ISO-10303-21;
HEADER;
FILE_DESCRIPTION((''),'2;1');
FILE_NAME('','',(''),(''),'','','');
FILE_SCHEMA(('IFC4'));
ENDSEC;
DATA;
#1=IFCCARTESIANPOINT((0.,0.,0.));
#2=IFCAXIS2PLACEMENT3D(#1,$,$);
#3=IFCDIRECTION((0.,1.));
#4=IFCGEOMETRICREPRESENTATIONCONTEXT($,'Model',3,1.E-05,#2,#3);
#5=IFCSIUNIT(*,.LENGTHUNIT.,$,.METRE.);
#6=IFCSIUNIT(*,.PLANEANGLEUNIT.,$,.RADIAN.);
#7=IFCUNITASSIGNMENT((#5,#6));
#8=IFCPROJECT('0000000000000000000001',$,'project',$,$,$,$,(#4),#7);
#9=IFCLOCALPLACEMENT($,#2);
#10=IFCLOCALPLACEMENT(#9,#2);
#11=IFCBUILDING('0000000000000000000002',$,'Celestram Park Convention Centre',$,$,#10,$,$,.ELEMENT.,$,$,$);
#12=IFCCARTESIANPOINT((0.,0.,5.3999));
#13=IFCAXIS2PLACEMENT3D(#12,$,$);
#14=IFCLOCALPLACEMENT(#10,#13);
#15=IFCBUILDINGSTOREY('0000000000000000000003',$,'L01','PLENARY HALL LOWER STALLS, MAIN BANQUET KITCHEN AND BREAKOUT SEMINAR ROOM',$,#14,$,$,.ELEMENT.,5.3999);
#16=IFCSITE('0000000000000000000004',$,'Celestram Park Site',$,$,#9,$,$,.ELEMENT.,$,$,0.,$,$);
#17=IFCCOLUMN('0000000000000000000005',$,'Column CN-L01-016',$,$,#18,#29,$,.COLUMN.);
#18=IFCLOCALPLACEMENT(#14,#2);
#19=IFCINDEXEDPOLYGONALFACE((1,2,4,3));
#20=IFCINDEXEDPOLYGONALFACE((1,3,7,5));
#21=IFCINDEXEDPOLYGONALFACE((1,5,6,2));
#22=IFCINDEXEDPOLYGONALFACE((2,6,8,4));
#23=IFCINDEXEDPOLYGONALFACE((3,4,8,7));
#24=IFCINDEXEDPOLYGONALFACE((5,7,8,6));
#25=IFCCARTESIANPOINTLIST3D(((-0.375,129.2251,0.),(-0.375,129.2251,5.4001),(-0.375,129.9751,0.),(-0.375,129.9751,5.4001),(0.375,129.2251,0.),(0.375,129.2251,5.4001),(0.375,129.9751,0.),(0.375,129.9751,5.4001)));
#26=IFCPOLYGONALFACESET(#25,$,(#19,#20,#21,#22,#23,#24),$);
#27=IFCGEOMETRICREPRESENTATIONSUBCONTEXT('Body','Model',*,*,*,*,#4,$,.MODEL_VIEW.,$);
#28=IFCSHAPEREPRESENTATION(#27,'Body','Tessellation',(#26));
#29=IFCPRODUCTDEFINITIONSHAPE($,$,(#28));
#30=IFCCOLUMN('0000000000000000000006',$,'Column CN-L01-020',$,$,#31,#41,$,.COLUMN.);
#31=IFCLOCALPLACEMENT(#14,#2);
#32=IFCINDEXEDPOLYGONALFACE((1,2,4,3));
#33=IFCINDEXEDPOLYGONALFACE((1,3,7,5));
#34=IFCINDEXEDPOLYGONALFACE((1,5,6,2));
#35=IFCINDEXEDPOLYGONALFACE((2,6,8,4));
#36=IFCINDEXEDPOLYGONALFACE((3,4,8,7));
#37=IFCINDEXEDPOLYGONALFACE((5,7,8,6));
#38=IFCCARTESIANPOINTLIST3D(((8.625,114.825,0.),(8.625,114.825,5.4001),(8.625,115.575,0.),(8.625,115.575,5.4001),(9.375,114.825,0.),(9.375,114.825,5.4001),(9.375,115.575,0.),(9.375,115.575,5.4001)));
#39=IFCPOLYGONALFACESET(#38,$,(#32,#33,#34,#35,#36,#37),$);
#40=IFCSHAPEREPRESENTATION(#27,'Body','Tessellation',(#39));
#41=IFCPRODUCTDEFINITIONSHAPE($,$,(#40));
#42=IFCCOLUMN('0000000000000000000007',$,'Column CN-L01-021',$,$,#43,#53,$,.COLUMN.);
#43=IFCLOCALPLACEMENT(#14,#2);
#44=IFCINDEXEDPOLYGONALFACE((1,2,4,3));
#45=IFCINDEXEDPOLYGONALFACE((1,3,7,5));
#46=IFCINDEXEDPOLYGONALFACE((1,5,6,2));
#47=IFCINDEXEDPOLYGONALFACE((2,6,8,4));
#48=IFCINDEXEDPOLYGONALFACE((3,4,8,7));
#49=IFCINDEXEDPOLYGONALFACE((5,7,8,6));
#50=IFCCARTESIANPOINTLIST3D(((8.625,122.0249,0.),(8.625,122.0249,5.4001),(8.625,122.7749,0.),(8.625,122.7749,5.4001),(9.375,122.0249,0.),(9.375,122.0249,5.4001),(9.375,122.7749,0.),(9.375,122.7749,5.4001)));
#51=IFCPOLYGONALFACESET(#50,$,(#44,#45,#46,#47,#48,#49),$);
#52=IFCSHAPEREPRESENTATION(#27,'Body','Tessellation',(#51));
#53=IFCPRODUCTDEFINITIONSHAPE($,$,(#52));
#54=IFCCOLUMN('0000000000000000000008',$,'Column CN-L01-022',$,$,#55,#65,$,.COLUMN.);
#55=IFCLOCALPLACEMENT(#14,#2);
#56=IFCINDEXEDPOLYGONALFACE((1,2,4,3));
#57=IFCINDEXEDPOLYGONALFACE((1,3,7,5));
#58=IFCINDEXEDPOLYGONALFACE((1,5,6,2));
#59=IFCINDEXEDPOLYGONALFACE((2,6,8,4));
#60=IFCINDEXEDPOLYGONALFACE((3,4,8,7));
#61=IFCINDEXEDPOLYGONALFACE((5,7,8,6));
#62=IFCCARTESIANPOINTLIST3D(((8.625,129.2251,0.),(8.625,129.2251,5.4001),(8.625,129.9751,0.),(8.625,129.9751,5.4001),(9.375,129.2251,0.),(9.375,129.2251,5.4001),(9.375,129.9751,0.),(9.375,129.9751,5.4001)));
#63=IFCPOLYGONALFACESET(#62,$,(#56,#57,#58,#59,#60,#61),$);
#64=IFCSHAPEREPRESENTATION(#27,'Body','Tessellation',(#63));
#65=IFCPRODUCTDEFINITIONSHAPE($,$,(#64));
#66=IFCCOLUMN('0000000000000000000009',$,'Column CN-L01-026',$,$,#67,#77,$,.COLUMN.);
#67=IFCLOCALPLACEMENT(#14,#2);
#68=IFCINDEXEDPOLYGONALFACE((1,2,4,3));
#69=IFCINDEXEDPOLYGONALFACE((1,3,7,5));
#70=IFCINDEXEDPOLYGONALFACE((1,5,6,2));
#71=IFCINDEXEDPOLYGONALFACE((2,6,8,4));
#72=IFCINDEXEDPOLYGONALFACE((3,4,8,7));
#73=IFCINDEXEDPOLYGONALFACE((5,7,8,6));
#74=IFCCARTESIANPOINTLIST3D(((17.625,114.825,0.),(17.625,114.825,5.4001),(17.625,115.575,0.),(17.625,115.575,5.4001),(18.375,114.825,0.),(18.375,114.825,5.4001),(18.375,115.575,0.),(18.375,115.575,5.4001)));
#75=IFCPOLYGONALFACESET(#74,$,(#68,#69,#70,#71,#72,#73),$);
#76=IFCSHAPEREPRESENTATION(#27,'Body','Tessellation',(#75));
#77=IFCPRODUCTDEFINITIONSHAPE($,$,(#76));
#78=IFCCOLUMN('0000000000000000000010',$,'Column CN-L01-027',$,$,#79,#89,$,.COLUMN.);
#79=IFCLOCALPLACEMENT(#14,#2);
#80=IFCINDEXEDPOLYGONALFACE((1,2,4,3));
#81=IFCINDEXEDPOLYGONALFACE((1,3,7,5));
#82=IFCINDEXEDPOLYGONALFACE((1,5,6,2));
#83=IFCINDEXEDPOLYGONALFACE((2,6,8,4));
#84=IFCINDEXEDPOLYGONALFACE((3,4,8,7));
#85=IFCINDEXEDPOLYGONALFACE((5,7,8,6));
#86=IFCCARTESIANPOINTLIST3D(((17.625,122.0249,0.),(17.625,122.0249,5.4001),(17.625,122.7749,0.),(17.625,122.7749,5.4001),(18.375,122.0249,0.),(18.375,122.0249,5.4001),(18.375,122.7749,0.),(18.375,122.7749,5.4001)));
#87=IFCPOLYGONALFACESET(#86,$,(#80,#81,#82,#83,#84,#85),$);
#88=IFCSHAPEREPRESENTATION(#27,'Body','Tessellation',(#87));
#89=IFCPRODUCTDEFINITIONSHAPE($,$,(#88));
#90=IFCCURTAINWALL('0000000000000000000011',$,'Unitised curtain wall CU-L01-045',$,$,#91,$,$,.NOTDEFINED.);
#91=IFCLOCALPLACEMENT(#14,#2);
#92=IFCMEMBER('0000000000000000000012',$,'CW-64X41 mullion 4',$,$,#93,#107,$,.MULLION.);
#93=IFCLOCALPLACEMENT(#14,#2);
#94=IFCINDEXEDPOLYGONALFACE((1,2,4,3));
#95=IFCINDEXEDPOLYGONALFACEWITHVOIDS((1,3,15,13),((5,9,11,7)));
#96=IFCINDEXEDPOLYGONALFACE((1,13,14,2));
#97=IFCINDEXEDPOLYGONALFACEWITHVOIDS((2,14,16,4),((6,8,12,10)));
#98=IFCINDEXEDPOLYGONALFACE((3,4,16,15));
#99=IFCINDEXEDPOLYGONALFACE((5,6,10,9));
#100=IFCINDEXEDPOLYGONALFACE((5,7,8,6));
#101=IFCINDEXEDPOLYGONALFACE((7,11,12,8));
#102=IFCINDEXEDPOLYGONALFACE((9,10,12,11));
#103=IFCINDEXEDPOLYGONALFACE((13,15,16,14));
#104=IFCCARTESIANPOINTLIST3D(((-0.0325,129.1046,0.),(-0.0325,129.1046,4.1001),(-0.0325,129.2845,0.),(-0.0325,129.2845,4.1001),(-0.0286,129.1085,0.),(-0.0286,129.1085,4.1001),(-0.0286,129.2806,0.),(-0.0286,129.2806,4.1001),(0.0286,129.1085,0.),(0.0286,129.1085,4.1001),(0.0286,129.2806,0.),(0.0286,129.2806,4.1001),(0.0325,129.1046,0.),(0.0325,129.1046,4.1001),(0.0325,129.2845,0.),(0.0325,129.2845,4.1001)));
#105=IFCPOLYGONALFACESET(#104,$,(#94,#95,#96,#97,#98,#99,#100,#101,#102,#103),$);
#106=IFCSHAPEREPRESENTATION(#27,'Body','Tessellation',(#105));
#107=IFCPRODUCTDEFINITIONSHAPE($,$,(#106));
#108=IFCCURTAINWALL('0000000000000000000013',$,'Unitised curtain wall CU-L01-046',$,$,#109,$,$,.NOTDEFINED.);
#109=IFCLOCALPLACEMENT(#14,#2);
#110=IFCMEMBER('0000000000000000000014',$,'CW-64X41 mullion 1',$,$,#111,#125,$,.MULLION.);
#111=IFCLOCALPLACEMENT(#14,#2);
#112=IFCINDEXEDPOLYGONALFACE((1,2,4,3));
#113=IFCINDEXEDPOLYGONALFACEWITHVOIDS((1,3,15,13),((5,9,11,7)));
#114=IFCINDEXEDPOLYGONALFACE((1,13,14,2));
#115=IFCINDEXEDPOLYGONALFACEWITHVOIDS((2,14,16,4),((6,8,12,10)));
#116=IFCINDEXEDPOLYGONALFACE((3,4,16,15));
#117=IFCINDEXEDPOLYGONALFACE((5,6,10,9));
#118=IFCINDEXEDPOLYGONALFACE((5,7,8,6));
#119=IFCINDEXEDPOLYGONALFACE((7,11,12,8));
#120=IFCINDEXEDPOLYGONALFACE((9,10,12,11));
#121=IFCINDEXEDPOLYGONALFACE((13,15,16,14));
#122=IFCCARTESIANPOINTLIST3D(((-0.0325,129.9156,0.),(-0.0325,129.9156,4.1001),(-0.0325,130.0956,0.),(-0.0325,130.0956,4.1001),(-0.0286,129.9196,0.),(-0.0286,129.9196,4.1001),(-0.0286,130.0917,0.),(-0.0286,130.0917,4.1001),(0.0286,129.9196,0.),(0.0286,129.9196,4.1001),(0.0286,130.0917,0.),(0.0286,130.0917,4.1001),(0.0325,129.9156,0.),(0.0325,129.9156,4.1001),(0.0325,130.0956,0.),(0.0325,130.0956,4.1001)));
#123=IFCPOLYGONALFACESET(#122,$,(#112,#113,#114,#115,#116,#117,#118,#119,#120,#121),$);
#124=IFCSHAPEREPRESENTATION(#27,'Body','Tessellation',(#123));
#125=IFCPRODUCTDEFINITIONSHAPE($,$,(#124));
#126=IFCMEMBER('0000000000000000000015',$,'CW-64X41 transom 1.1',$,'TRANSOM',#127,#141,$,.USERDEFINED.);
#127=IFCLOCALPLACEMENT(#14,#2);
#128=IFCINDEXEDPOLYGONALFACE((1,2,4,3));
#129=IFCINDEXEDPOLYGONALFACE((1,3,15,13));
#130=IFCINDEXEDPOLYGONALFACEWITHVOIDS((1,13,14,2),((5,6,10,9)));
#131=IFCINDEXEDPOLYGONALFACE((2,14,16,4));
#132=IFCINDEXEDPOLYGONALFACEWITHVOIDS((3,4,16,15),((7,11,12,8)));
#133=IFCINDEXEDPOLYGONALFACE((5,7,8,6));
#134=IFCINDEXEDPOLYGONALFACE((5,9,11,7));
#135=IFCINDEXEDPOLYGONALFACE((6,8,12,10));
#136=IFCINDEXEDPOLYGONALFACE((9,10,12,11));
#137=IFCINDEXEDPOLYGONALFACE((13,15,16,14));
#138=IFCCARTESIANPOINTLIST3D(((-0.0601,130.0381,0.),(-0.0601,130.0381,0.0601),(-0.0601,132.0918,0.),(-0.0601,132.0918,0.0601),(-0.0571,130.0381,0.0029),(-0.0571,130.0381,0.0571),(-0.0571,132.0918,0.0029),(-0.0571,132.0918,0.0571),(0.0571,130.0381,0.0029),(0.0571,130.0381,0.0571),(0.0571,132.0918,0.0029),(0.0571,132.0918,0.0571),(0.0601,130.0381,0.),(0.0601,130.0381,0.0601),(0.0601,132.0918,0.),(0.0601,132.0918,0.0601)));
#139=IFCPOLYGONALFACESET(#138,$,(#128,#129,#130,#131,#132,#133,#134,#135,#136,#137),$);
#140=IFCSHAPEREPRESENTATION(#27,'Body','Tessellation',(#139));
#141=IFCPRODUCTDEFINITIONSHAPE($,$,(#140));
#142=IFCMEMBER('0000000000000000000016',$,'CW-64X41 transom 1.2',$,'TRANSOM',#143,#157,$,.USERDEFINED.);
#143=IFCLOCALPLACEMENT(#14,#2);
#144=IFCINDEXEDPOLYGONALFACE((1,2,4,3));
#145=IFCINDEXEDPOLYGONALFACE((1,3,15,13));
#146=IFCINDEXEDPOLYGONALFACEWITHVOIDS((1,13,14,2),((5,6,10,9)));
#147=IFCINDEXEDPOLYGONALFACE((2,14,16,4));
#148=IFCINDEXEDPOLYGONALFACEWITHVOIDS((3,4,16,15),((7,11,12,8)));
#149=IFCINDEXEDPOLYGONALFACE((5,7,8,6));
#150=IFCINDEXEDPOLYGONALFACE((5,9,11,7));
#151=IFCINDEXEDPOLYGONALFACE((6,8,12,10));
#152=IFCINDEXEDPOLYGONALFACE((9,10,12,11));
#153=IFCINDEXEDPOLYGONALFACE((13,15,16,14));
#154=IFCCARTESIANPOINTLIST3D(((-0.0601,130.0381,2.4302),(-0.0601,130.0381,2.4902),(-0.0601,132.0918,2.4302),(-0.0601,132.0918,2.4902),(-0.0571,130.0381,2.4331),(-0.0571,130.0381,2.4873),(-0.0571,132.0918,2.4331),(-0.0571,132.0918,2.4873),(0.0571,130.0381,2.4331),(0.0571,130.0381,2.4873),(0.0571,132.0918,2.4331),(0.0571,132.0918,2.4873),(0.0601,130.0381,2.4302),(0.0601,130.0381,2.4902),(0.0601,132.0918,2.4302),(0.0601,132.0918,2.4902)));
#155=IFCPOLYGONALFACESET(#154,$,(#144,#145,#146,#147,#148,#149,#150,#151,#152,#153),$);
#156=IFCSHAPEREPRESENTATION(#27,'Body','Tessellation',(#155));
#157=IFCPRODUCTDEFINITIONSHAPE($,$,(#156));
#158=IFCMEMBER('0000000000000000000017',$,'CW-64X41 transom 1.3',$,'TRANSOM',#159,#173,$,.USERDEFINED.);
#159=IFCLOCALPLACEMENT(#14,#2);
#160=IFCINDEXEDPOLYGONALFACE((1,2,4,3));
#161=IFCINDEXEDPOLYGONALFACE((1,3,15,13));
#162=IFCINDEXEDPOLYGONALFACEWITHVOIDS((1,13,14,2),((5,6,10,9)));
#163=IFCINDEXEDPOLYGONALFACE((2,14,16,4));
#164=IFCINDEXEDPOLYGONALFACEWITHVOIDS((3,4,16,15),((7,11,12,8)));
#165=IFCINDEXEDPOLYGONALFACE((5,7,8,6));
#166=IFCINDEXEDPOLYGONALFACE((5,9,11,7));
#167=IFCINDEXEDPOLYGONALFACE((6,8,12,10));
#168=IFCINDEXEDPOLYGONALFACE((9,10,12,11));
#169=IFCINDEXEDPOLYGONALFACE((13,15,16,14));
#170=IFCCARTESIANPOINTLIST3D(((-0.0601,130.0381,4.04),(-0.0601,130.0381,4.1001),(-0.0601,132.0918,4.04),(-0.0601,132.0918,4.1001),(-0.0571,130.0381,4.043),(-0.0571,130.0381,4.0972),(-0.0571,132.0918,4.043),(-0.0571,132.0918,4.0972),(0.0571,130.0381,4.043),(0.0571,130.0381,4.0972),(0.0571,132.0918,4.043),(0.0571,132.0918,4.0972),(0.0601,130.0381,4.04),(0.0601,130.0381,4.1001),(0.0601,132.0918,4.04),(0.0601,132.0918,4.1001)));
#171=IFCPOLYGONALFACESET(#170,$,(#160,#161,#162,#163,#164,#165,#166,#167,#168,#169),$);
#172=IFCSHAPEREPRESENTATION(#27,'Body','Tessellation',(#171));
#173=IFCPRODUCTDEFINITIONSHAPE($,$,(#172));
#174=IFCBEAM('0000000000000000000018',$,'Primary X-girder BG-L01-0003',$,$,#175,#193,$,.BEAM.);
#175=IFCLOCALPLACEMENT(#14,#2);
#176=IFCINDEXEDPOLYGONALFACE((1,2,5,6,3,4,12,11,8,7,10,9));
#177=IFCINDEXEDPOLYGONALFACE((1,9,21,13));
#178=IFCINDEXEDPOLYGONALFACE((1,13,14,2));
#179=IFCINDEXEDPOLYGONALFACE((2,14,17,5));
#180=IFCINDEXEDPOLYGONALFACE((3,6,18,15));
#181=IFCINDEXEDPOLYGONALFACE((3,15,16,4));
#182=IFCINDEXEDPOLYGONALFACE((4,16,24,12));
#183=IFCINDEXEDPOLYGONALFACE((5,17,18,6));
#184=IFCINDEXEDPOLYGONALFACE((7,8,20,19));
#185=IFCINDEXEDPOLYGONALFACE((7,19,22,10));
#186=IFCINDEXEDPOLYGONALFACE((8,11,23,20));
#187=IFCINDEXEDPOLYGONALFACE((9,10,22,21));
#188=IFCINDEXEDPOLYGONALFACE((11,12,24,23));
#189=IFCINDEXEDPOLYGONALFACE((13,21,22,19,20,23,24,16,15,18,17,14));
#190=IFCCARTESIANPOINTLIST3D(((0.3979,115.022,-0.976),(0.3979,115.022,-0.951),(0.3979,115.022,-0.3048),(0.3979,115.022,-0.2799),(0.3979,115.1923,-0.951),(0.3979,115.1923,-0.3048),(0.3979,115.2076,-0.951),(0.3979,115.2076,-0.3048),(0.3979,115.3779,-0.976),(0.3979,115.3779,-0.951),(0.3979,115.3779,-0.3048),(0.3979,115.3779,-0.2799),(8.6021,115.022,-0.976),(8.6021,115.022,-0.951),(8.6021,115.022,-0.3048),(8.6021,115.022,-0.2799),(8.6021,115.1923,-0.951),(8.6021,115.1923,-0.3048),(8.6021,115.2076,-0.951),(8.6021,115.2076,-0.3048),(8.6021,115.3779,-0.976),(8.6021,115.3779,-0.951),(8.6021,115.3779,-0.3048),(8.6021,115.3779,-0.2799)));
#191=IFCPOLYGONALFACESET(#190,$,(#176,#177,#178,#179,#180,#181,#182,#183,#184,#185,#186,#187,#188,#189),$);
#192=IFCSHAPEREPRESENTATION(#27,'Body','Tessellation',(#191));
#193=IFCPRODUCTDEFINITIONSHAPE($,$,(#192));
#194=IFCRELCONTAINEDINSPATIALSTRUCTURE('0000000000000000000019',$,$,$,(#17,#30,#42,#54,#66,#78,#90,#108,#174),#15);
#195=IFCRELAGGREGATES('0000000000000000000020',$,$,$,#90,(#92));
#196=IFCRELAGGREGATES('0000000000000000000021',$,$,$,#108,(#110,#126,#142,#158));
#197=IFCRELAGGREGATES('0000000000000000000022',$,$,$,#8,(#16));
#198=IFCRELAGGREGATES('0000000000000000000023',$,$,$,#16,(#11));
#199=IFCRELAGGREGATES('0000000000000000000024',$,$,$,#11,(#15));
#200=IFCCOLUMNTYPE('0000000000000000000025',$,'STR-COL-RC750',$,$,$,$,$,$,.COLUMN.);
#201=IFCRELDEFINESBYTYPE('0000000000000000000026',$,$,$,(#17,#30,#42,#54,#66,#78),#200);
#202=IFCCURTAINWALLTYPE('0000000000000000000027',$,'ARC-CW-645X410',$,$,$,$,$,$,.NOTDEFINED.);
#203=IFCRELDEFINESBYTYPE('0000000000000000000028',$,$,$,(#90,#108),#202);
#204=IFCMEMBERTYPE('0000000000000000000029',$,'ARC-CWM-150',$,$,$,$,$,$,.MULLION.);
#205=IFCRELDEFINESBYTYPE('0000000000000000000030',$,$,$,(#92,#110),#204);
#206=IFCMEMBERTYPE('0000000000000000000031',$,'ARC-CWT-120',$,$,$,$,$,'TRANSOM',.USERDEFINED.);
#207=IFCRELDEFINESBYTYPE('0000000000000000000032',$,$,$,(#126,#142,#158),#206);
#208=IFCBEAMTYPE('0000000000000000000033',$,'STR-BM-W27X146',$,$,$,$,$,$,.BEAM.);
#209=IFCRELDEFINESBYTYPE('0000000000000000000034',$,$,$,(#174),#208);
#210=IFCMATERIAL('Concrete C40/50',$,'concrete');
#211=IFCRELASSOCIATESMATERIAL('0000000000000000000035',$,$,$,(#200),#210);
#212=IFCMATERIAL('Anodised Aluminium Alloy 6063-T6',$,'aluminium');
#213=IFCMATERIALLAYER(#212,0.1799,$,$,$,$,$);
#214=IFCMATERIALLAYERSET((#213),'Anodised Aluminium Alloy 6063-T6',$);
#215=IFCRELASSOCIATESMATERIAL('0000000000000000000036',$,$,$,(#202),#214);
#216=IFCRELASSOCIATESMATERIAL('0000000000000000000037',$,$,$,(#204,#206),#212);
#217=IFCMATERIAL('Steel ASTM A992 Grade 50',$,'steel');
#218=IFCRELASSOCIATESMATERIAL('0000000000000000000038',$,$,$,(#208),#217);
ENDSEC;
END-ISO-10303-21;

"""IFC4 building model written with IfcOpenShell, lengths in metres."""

from ifc_helpers import new_model, si_unit, direction, frame, origin, origin_2d, place, context, subcontext, project, spatial, rectangle, hollow_rectangle, i_section, extrude, material, layer, layer_set, material_profile, profile_set, type_object, element, aggregate, save


model = new_model("IFC4")

# Units and contexts
model_context = context("Model", 3, precision=1e-05, world=origin(), true_north=direction((0.0, 1.0)))
body_context = subcontext(model_context, "Body", "Model", "MODEL_VIEW")
ifc_project = project(units=[si_unit("LENGTHUNIT", "METRE"), si_unit("PLANEANGLEUNIT", "RADIAN")], contexts=[model_context])

# Site, building, storey
site_placement = place(None, origin())
site = spatial("IfcSite", under=ifc_project, at=site_placement, Name="Celestram Park Site", CompositionType="ELEMENT", RefElevation=0.0)
building_placement = place(site_placement, origin())
building = spatial("IfcBuilding", under=site, at=building_placement, Name="Celestram Park Convention Centre", CompositionType="ELEMENT")
storey_placement = place(building_placement, frame((0.0, 0.0, 5.3999)))
storey = spatial("IfcBuildingStorey", under=building, at=storey_placement, Name="L01", Description="PLENARY HALL LOWER STALLS, MAIN BANQUET KITCHEN AND BREAKOUT SEMINAR ROOM", CompositionType="ELEMENT", Elevation=5.3999)

# Columns
ifc_material_1 = material(Name="Concrete C40/50", Category="concrete")
ifc_material_profile_1 = material_profile(ifc_material_1, rectangle(XDim=0.75, YDim=0.75, at=origin_2d()), Name="RC750X750")
ifc_profile_set_1 = profile_set([ifc_material_profile_1], Name="Concrete C40/50")
column_type = type_object("IfcColumnType", Name="STR-COL-RC750", PredefinedType="COLUMN", material=ifc_profile_set_1)
for number, where, z_axis, x_axis, name in (
    (1, (0.0, 129.6001, 0.0), (0.0, 0.0, 1.0), (1.0, 0.0, 0.0), "Column CN-L01-016"),
    (2, (9.0, 115.2, 0.0), (0.0, 0.0, 1.0), (1.0, 0.0, 0.0), "Column CN-L01-020"),
    (3, (9.0, 122.3999, 0.0), (0.0, 0.0, 1.0), (1.0, 0.0, 0.0), "Column CN-L01-021"),
    (4, (9.0, 129.6001, 0.0), (0.0, 0.0, 1.0), (1.0, 0.0, 0.0), "Column CN-L01-022"),
    (5, (18.0, 115.2, 0.0), (0.0, 0.0, 1.0), (1.0, 0.0, 0.0), "Column CN-L01-026"),
    (6, (18.0, 122.3999, 0.0), (0.0, 0.0, 1.0), (1.0, 0.0, 0.0), "Column CN-L01-027"),
):
    element("IfcColumn", number, at=place(storey_placement, frame(where, z_axis=z_axis, x_axis=x_axis)), inside=storey, type_object=column_type, Name=name, PredefinedType="COLUMN", context=body_context, shape_type="SweptSolid", body=[
        extrude(rectangle(XDim=0.75, YDim=0.75, at=origin_2d()), origin(), (0.0, 0.0, 1.0), 5.4001),
    ])

# Curtain wall, member
ifc_material_2 = material(Name="Anodised Aluminium Alloy 6063-T6", Category="aluminium")
ifc_layer_1 = layer(ifc_material_2, 0.1799)
ifc_layer_set_1 = layer_set([ifc_layer_1], Name="Anodised Aluminium Alloy 6063-T6")
curtain_wall_type = type_object("IfcCurtainWallType", Name="ARC-CW-645X410", PredefinedType="NOTDEFINED", material=ifc_layer_set_1)
curtain_wall_1_placement = place(storey_placement, origin())
curtain_wall_1 = element("IfcCurtainWall", 7, at=curtain_wall_1_placement, inside=storey, type_object=curtain_wall_type, Name="Unitised curtain wall CU-L01-045", PredefinedType="NOTDEFINED")
ifc_material_profile_2 = material_profile(ifc_material_2, hollow_rectangle(XDim=0.0649, YDim=0.1799, WallThickness=0.0039, at=origin_2d()), Name="ALU65X180X4")
ifc_profile_set_2 = profile_set([ifc_material_profile_2], Name="Anodised Aluminium Alloy 6063-T6")
member_type_1 = type_object("IfcMemberType", Name="ARC-CWM-150", PredefinedType="MULLION", material=ifc_profile_set_2)
member_1_placement = place(storey_placement, frame((0.0, 129.1946, 0.0), z_axis=(0.0, 0.0, 1.0), x_axis=(-1.0, 0.0, 0.0)))
member_1 = element("IfcMember", 8, at=member_1_placement, type_object=member_type_1, Name="CW-64X41 mullion 4", PredefinedType="MULLION", context=body_context, shape_type="SweptSolid", body=[
    extrude(hollow_rectangle(XDim=0.0649, YDim=0.1799, WallThickness=0.0039, at=origin_2d()), origin(), (0.0, 0.0, 1.0), 4.1001),
])
aggregate(curtain_wall_1, [member_1])

# Curtain wall, members
curtain_wall_2_placement = place(storey_placement, origin())
curtain_wall_2 = element("IfcCurtainWall", 9, at=curtain_wall_2_placement, inside=storey, type_object=curtain_wall_type, Name="Unitised curtain wall CU-L01-046", PredefinedType="NOTDEFINED")
member_2_placement = place(storey_placement, frame((0.0, 130.0056, 0.0), z_axis=(0.0, 0.0, 1.0), x_axis=(-1.0, 0.0, 0.0)))
member_2 = element("IfcMember", 10, at=member_2_placement, type_object=member_type_1, Name="CW-64X41 mullion 1", PredefinedType="MULLION", context=body_context, shape_type="SweptSolid", body=[
    extrude(hollow_rectangle(XDim=0.0649, YDim=0.1799, WallThickness=0.0039, at=origin_2d()), origin(), (0.0, 0.0, 1.0), 4.1001),
])
ifc_material_profile_3 = material_profile(ifc_material_2, hollow_rectangle(XDim=0.1201, YDim=0.0601, WallThickness=0.0029, at=origin_2d()), Name="ALU120X60X3")
ifc_profile_set_3 = profile_set([ifc_material_profile_3], Name="Anodised Aluminium Alloy 6063-T6")
member_type_2 = type_object("IfcMemberType", Name="ARC-CWT-120", ElementType="TRANSOM", PredefinedType="USERDEFINED", material=ifc_profile_set_3)
member_3_placement = place(storey_placement, frame((0.0, 130.0381, 0.03), z_axis=(0.0, 1.0, 0.0), x_axis=(-1.0, 0.0, 0.0)))
member_3 = element("IfcMember", 11, at=member_3_placement, type_object=member_type_2, Name="CW-64X41 transom 1.1", ObjectType="TRANSOM", PredefinedType="USERDEFINED", context=body_context, shape_type="SweptSolid", body=[
    extrude(hollow_rectangle(XDim=0.1201, YDim=0.0601, WallThickness=0.0029, at=origin_2d()), origin(), (0.0, 0.0, 1.0), 2.0537),
])
member_4_placement = place(storey_placement, frame((0.0, 130.0381, 2.4602), z_axis=(0.0, 1.0, 0.0), x_axis=(-1.0, 0.0, 0.0)))
member_4 = element("IfcMember", 12, at=member_4_placement, type_object=member_type_2, Name="CW-64X41 transom 1.2", ObjectType="TRANSOM", PredefinedType="USERDEFINED", context=body_context, shape_type="SweptSolid", body=[
    extrude(hollow_rectangle(XDim=0.1201, YDim=0.0601, WallThickness=0.0029, at=origin_2d()), origin(), (0.0, 0.0, 1.0), 2.0537),
])
member_5_placement = place(storey_placement, frame((0.0, 130.0381, 4.0701), z_axis=(0.0, 1.0, 0.0), x_axis=(-1.0, 0.0, 0.0)))
member_5 = element("IfcMember", 13, at=member_5_placement, type_object=member_type_2, Name="CW-64X41 transom 1.3", ObjectType="TRANSOM", PredefinedType="USERDEFINED", context=body_context, shape_type="SweptSolid", body=[
    extrude(hollow_rectangle(XDim=0.1201, YDim=0.0601, WallThickness=0.0029, at=origin_2d()), origin(), (0.0, 0.0, 1.0), 2.0537),
])
aggregate(curtain_wall_2, [member_2, member_3, member_4, member_5])

# Beam
ifc_material_3 = material(Name="Steel ASTM A992 Grade 50", Category="steel")
ifc_material_profile_4 = material_profile(ifc_material_3, i_section(OverallWidth=0.356, OverallDepth=0.696, WebThickness=0.0154, FlangeThickness=0.0249, at=origin_2d()), Name="W27X146")
ifc_profile_set_4 = profile_set([ifc_material_profile_4], Name="Steel ASTM A992 Grade 50")
beam_type_1 = type_object("IfcBeamType", Name="STR-BM-W27X146", PredefinedType="BEAM", material=ifc_profile_set_4)
for number, where, z_axis, x_axis, name in (
    (14, (0.3979, 115.2, -0.6279), (1.0, 0.0, 0.0), (0.0, 1.0, 0.0), "Primary X-girder BG-L01-0003"),
):
    element("IfcBeam", number, at=place(storey_placement, frame(where, z_axis=z_axis, x_axis=x_axis)), inside=storey, type_object=beam_type_1, Name=name, PredefinedType="BEAM", context=body_context, shape_type="SweptSolid", body=[
        extrude(i_section(OverallWidth=0.356, OverallDepth=0.696, WebThickness=0.0154, FlangeThickness=0.0249, at=origin_2d()), origin(), (0.0, 0.0, 1.0), 8.2041),
    ])

save(model, "model.ifc")
